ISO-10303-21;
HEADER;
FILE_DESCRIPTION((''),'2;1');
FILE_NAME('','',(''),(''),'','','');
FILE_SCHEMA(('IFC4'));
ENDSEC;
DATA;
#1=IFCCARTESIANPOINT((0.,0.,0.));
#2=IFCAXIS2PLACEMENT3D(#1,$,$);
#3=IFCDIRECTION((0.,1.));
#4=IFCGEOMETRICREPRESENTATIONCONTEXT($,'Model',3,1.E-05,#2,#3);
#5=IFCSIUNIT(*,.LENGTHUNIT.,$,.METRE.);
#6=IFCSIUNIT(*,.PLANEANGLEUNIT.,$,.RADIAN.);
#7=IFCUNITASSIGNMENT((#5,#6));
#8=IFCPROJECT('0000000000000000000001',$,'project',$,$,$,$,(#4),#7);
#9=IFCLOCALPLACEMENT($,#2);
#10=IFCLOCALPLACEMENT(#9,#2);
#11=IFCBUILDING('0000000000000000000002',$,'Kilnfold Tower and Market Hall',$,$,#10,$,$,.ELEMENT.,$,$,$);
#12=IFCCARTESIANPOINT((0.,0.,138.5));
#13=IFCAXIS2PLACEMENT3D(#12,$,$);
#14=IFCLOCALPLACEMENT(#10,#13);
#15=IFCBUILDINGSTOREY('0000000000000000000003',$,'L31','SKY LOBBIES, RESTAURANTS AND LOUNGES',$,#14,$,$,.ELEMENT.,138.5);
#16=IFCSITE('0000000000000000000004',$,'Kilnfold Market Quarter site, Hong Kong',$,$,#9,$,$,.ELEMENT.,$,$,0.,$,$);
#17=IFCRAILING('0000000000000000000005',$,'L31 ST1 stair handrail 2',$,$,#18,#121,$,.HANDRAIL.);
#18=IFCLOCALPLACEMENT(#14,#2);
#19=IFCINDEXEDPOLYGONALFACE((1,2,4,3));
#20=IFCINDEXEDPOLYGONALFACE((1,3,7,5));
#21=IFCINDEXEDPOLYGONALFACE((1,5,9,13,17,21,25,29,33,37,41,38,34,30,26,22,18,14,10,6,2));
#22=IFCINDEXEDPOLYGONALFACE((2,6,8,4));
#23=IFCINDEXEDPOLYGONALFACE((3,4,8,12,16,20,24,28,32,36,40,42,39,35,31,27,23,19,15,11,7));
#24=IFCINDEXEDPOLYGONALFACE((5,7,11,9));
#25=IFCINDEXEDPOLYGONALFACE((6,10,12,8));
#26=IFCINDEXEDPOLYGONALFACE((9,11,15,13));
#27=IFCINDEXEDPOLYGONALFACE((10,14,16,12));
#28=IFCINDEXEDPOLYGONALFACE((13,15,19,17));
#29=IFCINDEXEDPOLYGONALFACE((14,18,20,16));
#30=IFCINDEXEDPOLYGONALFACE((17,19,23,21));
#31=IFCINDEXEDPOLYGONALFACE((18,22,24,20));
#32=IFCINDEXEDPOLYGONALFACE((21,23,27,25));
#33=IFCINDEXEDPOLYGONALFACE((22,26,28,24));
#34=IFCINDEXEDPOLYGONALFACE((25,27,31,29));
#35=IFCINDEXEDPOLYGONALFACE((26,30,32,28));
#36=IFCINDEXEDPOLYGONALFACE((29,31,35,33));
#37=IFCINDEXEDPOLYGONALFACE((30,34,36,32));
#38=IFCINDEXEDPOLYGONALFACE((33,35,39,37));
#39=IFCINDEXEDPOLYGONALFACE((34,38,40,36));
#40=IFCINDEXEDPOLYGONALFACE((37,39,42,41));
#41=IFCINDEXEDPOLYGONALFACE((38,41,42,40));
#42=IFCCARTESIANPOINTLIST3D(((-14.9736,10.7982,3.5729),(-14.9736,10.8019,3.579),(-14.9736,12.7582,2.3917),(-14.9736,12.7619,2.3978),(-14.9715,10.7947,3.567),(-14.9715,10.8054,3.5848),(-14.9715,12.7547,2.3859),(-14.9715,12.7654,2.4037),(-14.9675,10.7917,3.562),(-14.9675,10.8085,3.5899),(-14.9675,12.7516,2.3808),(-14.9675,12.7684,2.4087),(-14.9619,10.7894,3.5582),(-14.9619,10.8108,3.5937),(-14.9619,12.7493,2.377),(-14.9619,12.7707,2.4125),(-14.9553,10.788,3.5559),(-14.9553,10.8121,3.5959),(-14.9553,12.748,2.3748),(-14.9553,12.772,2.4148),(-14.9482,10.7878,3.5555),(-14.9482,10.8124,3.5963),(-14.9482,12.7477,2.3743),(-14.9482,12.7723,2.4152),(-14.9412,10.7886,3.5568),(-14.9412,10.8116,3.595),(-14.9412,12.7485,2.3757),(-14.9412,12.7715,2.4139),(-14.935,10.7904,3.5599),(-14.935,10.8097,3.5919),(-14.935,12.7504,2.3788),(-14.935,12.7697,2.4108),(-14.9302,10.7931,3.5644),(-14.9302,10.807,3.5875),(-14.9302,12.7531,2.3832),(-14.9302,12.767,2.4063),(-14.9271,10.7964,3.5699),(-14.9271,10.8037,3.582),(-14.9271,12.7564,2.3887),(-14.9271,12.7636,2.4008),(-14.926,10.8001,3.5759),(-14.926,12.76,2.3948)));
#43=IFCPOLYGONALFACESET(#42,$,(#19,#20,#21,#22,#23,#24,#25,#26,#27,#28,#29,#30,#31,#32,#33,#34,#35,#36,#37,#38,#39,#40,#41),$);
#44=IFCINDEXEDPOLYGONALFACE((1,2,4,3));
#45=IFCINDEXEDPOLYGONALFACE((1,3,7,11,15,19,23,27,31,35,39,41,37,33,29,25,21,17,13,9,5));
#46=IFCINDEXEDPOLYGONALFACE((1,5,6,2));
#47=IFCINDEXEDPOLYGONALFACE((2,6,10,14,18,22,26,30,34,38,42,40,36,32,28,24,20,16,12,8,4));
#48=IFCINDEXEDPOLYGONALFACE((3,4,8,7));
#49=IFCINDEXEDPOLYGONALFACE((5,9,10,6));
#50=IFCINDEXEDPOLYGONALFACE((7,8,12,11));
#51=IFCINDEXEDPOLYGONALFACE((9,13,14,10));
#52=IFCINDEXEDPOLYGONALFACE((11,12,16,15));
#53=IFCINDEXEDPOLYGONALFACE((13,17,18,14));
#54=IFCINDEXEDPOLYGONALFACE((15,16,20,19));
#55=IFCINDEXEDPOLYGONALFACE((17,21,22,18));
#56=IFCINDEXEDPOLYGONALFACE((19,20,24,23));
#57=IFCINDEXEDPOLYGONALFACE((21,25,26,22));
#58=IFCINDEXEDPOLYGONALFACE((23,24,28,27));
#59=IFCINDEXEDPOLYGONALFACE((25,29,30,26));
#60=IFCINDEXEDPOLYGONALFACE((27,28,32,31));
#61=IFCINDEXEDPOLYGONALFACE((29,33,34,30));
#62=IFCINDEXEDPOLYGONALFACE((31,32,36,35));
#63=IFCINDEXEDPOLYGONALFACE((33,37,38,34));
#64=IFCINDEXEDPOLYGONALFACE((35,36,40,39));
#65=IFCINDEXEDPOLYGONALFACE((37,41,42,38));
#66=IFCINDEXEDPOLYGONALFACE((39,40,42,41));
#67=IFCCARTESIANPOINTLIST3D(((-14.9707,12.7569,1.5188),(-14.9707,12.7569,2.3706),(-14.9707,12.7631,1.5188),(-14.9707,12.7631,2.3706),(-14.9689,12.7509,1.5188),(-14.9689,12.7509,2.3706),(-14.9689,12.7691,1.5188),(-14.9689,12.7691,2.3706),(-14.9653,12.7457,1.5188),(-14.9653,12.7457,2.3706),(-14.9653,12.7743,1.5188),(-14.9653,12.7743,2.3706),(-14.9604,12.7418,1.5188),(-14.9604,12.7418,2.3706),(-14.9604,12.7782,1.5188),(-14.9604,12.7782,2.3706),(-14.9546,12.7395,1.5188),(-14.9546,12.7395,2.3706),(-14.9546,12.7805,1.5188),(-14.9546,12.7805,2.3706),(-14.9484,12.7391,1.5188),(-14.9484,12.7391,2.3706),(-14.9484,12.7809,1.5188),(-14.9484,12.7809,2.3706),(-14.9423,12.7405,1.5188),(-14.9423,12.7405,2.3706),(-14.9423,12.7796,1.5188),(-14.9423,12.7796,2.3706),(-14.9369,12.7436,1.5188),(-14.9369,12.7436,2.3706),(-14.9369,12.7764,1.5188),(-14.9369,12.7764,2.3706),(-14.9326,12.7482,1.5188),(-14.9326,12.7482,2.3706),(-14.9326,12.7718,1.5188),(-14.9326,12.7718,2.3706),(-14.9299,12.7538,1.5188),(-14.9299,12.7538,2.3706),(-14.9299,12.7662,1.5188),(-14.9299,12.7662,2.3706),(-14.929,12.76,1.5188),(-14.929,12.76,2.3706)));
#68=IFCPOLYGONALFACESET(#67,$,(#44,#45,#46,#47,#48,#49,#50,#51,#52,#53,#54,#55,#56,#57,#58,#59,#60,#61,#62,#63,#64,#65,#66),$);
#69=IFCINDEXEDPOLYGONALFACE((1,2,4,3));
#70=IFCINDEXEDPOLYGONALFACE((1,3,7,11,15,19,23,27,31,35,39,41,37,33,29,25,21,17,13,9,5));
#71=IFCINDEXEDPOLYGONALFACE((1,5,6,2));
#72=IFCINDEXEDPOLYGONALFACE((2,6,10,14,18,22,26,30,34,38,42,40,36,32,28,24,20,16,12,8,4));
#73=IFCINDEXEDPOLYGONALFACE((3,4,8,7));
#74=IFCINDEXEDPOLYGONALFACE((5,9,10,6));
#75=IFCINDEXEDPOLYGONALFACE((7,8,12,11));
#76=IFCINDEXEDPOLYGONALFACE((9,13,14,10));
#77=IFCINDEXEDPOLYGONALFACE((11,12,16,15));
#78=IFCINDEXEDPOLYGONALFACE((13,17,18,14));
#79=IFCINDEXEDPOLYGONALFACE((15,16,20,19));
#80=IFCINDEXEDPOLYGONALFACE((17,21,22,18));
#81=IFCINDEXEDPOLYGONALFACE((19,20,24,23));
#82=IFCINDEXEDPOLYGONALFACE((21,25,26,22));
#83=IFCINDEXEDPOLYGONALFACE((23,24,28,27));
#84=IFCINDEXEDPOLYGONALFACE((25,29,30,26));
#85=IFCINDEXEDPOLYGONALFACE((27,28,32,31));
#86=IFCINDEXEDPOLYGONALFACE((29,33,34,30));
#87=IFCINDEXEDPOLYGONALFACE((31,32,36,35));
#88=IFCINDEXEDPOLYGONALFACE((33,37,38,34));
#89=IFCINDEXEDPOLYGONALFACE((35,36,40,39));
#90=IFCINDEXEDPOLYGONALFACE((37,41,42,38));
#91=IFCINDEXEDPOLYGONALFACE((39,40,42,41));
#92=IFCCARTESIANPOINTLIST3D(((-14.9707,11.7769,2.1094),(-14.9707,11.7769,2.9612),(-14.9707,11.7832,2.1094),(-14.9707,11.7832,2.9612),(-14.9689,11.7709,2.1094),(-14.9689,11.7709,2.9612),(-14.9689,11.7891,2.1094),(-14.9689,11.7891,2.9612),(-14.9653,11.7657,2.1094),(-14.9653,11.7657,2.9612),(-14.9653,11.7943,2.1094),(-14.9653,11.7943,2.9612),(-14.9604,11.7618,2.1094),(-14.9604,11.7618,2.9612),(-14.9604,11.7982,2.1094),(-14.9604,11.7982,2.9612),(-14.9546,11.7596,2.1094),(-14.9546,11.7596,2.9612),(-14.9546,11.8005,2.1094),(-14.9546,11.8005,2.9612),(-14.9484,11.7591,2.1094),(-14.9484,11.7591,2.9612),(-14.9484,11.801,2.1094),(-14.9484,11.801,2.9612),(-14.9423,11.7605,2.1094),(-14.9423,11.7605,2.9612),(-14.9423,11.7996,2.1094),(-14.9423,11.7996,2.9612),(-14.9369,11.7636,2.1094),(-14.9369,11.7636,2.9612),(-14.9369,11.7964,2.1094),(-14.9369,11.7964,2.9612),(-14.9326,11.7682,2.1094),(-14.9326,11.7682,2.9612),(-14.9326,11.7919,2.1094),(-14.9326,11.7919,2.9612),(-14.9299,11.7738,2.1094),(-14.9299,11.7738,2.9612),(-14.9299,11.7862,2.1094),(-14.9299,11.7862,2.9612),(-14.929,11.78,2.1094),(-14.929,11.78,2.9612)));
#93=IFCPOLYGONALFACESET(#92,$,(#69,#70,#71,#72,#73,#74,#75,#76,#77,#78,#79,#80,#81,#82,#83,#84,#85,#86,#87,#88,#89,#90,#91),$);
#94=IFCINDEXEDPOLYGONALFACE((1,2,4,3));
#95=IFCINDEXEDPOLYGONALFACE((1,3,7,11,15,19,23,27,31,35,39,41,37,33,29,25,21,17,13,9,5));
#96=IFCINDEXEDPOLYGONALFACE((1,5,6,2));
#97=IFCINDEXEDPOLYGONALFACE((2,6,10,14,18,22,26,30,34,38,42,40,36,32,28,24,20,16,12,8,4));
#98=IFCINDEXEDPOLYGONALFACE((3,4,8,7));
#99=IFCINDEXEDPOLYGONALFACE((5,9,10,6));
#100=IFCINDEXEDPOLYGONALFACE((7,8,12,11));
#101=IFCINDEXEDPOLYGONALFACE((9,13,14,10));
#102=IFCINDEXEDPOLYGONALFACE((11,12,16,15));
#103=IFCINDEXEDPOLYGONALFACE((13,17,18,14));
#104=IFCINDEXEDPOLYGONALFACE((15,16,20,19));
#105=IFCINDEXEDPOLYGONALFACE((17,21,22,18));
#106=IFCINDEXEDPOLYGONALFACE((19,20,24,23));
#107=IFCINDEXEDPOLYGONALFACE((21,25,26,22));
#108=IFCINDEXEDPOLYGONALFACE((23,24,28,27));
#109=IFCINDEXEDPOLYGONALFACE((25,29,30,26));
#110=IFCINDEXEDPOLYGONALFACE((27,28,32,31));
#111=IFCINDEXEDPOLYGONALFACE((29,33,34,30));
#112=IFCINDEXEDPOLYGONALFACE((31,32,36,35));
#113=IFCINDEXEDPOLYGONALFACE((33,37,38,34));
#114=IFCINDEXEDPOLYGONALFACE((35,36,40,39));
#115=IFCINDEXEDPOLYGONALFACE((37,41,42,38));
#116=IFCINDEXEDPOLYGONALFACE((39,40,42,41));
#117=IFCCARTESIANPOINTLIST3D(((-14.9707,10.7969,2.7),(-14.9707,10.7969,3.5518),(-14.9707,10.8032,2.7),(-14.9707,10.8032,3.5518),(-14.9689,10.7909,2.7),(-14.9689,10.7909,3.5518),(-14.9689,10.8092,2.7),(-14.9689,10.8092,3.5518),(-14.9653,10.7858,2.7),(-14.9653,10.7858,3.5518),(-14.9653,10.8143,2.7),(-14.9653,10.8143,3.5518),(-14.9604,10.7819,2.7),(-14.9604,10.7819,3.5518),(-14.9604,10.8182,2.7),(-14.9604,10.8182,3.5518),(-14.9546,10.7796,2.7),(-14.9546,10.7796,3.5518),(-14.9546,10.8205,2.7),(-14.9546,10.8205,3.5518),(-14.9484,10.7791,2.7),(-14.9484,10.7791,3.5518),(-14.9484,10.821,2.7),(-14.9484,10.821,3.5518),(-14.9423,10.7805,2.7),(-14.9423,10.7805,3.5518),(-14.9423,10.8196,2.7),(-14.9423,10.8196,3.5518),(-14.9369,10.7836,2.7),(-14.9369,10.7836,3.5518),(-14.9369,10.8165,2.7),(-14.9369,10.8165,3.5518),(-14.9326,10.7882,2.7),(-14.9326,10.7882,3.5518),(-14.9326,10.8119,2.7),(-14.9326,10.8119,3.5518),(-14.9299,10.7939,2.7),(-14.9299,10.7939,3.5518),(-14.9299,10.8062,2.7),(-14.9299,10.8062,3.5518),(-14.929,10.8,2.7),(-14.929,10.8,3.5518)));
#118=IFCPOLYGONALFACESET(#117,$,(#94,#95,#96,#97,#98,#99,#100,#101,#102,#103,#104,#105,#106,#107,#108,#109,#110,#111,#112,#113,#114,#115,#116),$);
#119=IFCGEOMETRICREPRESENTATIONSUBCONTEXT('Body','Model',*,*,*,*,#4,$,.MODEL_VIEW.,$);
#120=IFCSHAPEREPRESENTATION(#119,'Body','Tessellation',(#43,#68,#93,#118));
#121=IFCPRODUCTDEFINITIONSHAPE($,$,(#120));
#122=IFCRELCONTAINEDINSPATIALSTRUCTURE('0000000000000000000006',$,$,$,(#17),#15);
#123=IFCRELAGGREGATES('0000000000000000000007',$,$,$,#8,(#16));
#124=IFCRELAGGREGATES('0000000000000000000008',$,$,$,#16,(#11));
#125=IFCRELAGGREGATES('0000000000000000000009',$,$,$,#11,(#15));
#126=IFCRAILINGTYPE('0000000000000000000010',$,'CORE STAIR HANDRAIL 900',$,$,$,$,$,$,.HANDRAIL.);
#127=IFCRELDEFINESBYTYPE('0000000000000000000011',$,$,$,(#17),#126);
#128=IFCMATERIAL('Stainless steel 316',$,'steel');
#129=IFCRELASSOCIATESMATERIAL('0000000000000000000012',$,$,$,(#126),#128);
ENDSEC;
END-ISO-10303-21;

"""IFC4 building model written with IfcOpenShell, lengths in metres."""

from ifc_helpers import new_model, si_unit, direction, frame, origin, origin_2d, place, context, subcontext, project, spatial, circle, extrude, material, type_object, element, save


model = new_model("IFC4")

# Units and contexts
model_context = context("Model", 3, precision=1e-05, world=origin(), true_north=direction((0.0, 1.0)))
body_context = subcontext(model_context, "Body", "Model", "MODEL_VIEW")
ifc_project = project(units=[si_unit("LENGTHUNIT", "METRE"), si_unit("PLANEANGLEUNIT", "RADIAN")], contexts=[model_context])

# Site, building, storey
site_placement = place(None, origin())
site = spatial("IfcSite", under=ifc_project, at=site_placement, Name="Kilnfold Market Quarter site, Hong Kong", CompositionType="ELEMENT", RefElevation=0.0)
building_placement = place(site_placement, origin())
building = spatial("IfcBuilding", under=site, at=building_placement, Name="Kilnfold Tower and Market Hall", CompositionType="ELEMENT")
storey_placement = place(building_placement, frame((0.0, 0.0, 138.5)))
storey = spatial("IfcBuildingStorey", under=building, at=storey_placement, Name="L31", Description="SKY LOBBIES, RESTAURANTS AND LOUNGES", CompositionType="ELEMENT", Elevation=138.5)

# Railing
ifc_material_1 = material(Name="Stainless steel 316", Category="steel")
railing_type_1 = type_object("IfcRailingType", Name="CORE STAIR HANDRAIL 900", PredefinedType="HANDRAIL", material=ifc_material_1)
railing_1_placement = place(storey_placement, frame((-14.95, 12.76, 1.5188)))
element("IfcRailing", 1, at=railing_1_placement, inside=storey, type_object=railing_type_1, Name="L31 ST1 stair handrail 2", PredefinedType="HANDRAIL", context=body_context, shape_type="SweptSolid", body=[
    extrude(circle(Radius=0.0239, at=origin_2d()), frame((0.0, 0.0, 0.876), z_axis=(0.0, -0.856493, 0.516158), x_axis=(1.0, 0.0, 0.0)), (0.0, 0.0, 1.0), 2.2883),
    extrude(circle(Radius=0.021, at=origin_2d()), origin(), (0.0, 0.0, 1.0), 0.8518),
    extrude(circle(Radius=0.021, at=origin_2d()), frame((0.0, -0.98, 0.5906)), (0.0, 0.0, 1.0), 0.8518),
    extrude(circle(Radius=0.021, at=origin_2d()), frame((0.0, -1.96, 1.1812)), (0.0, 0.0, 1.0), 0.8518),
])

save(model, "model.ifc")
